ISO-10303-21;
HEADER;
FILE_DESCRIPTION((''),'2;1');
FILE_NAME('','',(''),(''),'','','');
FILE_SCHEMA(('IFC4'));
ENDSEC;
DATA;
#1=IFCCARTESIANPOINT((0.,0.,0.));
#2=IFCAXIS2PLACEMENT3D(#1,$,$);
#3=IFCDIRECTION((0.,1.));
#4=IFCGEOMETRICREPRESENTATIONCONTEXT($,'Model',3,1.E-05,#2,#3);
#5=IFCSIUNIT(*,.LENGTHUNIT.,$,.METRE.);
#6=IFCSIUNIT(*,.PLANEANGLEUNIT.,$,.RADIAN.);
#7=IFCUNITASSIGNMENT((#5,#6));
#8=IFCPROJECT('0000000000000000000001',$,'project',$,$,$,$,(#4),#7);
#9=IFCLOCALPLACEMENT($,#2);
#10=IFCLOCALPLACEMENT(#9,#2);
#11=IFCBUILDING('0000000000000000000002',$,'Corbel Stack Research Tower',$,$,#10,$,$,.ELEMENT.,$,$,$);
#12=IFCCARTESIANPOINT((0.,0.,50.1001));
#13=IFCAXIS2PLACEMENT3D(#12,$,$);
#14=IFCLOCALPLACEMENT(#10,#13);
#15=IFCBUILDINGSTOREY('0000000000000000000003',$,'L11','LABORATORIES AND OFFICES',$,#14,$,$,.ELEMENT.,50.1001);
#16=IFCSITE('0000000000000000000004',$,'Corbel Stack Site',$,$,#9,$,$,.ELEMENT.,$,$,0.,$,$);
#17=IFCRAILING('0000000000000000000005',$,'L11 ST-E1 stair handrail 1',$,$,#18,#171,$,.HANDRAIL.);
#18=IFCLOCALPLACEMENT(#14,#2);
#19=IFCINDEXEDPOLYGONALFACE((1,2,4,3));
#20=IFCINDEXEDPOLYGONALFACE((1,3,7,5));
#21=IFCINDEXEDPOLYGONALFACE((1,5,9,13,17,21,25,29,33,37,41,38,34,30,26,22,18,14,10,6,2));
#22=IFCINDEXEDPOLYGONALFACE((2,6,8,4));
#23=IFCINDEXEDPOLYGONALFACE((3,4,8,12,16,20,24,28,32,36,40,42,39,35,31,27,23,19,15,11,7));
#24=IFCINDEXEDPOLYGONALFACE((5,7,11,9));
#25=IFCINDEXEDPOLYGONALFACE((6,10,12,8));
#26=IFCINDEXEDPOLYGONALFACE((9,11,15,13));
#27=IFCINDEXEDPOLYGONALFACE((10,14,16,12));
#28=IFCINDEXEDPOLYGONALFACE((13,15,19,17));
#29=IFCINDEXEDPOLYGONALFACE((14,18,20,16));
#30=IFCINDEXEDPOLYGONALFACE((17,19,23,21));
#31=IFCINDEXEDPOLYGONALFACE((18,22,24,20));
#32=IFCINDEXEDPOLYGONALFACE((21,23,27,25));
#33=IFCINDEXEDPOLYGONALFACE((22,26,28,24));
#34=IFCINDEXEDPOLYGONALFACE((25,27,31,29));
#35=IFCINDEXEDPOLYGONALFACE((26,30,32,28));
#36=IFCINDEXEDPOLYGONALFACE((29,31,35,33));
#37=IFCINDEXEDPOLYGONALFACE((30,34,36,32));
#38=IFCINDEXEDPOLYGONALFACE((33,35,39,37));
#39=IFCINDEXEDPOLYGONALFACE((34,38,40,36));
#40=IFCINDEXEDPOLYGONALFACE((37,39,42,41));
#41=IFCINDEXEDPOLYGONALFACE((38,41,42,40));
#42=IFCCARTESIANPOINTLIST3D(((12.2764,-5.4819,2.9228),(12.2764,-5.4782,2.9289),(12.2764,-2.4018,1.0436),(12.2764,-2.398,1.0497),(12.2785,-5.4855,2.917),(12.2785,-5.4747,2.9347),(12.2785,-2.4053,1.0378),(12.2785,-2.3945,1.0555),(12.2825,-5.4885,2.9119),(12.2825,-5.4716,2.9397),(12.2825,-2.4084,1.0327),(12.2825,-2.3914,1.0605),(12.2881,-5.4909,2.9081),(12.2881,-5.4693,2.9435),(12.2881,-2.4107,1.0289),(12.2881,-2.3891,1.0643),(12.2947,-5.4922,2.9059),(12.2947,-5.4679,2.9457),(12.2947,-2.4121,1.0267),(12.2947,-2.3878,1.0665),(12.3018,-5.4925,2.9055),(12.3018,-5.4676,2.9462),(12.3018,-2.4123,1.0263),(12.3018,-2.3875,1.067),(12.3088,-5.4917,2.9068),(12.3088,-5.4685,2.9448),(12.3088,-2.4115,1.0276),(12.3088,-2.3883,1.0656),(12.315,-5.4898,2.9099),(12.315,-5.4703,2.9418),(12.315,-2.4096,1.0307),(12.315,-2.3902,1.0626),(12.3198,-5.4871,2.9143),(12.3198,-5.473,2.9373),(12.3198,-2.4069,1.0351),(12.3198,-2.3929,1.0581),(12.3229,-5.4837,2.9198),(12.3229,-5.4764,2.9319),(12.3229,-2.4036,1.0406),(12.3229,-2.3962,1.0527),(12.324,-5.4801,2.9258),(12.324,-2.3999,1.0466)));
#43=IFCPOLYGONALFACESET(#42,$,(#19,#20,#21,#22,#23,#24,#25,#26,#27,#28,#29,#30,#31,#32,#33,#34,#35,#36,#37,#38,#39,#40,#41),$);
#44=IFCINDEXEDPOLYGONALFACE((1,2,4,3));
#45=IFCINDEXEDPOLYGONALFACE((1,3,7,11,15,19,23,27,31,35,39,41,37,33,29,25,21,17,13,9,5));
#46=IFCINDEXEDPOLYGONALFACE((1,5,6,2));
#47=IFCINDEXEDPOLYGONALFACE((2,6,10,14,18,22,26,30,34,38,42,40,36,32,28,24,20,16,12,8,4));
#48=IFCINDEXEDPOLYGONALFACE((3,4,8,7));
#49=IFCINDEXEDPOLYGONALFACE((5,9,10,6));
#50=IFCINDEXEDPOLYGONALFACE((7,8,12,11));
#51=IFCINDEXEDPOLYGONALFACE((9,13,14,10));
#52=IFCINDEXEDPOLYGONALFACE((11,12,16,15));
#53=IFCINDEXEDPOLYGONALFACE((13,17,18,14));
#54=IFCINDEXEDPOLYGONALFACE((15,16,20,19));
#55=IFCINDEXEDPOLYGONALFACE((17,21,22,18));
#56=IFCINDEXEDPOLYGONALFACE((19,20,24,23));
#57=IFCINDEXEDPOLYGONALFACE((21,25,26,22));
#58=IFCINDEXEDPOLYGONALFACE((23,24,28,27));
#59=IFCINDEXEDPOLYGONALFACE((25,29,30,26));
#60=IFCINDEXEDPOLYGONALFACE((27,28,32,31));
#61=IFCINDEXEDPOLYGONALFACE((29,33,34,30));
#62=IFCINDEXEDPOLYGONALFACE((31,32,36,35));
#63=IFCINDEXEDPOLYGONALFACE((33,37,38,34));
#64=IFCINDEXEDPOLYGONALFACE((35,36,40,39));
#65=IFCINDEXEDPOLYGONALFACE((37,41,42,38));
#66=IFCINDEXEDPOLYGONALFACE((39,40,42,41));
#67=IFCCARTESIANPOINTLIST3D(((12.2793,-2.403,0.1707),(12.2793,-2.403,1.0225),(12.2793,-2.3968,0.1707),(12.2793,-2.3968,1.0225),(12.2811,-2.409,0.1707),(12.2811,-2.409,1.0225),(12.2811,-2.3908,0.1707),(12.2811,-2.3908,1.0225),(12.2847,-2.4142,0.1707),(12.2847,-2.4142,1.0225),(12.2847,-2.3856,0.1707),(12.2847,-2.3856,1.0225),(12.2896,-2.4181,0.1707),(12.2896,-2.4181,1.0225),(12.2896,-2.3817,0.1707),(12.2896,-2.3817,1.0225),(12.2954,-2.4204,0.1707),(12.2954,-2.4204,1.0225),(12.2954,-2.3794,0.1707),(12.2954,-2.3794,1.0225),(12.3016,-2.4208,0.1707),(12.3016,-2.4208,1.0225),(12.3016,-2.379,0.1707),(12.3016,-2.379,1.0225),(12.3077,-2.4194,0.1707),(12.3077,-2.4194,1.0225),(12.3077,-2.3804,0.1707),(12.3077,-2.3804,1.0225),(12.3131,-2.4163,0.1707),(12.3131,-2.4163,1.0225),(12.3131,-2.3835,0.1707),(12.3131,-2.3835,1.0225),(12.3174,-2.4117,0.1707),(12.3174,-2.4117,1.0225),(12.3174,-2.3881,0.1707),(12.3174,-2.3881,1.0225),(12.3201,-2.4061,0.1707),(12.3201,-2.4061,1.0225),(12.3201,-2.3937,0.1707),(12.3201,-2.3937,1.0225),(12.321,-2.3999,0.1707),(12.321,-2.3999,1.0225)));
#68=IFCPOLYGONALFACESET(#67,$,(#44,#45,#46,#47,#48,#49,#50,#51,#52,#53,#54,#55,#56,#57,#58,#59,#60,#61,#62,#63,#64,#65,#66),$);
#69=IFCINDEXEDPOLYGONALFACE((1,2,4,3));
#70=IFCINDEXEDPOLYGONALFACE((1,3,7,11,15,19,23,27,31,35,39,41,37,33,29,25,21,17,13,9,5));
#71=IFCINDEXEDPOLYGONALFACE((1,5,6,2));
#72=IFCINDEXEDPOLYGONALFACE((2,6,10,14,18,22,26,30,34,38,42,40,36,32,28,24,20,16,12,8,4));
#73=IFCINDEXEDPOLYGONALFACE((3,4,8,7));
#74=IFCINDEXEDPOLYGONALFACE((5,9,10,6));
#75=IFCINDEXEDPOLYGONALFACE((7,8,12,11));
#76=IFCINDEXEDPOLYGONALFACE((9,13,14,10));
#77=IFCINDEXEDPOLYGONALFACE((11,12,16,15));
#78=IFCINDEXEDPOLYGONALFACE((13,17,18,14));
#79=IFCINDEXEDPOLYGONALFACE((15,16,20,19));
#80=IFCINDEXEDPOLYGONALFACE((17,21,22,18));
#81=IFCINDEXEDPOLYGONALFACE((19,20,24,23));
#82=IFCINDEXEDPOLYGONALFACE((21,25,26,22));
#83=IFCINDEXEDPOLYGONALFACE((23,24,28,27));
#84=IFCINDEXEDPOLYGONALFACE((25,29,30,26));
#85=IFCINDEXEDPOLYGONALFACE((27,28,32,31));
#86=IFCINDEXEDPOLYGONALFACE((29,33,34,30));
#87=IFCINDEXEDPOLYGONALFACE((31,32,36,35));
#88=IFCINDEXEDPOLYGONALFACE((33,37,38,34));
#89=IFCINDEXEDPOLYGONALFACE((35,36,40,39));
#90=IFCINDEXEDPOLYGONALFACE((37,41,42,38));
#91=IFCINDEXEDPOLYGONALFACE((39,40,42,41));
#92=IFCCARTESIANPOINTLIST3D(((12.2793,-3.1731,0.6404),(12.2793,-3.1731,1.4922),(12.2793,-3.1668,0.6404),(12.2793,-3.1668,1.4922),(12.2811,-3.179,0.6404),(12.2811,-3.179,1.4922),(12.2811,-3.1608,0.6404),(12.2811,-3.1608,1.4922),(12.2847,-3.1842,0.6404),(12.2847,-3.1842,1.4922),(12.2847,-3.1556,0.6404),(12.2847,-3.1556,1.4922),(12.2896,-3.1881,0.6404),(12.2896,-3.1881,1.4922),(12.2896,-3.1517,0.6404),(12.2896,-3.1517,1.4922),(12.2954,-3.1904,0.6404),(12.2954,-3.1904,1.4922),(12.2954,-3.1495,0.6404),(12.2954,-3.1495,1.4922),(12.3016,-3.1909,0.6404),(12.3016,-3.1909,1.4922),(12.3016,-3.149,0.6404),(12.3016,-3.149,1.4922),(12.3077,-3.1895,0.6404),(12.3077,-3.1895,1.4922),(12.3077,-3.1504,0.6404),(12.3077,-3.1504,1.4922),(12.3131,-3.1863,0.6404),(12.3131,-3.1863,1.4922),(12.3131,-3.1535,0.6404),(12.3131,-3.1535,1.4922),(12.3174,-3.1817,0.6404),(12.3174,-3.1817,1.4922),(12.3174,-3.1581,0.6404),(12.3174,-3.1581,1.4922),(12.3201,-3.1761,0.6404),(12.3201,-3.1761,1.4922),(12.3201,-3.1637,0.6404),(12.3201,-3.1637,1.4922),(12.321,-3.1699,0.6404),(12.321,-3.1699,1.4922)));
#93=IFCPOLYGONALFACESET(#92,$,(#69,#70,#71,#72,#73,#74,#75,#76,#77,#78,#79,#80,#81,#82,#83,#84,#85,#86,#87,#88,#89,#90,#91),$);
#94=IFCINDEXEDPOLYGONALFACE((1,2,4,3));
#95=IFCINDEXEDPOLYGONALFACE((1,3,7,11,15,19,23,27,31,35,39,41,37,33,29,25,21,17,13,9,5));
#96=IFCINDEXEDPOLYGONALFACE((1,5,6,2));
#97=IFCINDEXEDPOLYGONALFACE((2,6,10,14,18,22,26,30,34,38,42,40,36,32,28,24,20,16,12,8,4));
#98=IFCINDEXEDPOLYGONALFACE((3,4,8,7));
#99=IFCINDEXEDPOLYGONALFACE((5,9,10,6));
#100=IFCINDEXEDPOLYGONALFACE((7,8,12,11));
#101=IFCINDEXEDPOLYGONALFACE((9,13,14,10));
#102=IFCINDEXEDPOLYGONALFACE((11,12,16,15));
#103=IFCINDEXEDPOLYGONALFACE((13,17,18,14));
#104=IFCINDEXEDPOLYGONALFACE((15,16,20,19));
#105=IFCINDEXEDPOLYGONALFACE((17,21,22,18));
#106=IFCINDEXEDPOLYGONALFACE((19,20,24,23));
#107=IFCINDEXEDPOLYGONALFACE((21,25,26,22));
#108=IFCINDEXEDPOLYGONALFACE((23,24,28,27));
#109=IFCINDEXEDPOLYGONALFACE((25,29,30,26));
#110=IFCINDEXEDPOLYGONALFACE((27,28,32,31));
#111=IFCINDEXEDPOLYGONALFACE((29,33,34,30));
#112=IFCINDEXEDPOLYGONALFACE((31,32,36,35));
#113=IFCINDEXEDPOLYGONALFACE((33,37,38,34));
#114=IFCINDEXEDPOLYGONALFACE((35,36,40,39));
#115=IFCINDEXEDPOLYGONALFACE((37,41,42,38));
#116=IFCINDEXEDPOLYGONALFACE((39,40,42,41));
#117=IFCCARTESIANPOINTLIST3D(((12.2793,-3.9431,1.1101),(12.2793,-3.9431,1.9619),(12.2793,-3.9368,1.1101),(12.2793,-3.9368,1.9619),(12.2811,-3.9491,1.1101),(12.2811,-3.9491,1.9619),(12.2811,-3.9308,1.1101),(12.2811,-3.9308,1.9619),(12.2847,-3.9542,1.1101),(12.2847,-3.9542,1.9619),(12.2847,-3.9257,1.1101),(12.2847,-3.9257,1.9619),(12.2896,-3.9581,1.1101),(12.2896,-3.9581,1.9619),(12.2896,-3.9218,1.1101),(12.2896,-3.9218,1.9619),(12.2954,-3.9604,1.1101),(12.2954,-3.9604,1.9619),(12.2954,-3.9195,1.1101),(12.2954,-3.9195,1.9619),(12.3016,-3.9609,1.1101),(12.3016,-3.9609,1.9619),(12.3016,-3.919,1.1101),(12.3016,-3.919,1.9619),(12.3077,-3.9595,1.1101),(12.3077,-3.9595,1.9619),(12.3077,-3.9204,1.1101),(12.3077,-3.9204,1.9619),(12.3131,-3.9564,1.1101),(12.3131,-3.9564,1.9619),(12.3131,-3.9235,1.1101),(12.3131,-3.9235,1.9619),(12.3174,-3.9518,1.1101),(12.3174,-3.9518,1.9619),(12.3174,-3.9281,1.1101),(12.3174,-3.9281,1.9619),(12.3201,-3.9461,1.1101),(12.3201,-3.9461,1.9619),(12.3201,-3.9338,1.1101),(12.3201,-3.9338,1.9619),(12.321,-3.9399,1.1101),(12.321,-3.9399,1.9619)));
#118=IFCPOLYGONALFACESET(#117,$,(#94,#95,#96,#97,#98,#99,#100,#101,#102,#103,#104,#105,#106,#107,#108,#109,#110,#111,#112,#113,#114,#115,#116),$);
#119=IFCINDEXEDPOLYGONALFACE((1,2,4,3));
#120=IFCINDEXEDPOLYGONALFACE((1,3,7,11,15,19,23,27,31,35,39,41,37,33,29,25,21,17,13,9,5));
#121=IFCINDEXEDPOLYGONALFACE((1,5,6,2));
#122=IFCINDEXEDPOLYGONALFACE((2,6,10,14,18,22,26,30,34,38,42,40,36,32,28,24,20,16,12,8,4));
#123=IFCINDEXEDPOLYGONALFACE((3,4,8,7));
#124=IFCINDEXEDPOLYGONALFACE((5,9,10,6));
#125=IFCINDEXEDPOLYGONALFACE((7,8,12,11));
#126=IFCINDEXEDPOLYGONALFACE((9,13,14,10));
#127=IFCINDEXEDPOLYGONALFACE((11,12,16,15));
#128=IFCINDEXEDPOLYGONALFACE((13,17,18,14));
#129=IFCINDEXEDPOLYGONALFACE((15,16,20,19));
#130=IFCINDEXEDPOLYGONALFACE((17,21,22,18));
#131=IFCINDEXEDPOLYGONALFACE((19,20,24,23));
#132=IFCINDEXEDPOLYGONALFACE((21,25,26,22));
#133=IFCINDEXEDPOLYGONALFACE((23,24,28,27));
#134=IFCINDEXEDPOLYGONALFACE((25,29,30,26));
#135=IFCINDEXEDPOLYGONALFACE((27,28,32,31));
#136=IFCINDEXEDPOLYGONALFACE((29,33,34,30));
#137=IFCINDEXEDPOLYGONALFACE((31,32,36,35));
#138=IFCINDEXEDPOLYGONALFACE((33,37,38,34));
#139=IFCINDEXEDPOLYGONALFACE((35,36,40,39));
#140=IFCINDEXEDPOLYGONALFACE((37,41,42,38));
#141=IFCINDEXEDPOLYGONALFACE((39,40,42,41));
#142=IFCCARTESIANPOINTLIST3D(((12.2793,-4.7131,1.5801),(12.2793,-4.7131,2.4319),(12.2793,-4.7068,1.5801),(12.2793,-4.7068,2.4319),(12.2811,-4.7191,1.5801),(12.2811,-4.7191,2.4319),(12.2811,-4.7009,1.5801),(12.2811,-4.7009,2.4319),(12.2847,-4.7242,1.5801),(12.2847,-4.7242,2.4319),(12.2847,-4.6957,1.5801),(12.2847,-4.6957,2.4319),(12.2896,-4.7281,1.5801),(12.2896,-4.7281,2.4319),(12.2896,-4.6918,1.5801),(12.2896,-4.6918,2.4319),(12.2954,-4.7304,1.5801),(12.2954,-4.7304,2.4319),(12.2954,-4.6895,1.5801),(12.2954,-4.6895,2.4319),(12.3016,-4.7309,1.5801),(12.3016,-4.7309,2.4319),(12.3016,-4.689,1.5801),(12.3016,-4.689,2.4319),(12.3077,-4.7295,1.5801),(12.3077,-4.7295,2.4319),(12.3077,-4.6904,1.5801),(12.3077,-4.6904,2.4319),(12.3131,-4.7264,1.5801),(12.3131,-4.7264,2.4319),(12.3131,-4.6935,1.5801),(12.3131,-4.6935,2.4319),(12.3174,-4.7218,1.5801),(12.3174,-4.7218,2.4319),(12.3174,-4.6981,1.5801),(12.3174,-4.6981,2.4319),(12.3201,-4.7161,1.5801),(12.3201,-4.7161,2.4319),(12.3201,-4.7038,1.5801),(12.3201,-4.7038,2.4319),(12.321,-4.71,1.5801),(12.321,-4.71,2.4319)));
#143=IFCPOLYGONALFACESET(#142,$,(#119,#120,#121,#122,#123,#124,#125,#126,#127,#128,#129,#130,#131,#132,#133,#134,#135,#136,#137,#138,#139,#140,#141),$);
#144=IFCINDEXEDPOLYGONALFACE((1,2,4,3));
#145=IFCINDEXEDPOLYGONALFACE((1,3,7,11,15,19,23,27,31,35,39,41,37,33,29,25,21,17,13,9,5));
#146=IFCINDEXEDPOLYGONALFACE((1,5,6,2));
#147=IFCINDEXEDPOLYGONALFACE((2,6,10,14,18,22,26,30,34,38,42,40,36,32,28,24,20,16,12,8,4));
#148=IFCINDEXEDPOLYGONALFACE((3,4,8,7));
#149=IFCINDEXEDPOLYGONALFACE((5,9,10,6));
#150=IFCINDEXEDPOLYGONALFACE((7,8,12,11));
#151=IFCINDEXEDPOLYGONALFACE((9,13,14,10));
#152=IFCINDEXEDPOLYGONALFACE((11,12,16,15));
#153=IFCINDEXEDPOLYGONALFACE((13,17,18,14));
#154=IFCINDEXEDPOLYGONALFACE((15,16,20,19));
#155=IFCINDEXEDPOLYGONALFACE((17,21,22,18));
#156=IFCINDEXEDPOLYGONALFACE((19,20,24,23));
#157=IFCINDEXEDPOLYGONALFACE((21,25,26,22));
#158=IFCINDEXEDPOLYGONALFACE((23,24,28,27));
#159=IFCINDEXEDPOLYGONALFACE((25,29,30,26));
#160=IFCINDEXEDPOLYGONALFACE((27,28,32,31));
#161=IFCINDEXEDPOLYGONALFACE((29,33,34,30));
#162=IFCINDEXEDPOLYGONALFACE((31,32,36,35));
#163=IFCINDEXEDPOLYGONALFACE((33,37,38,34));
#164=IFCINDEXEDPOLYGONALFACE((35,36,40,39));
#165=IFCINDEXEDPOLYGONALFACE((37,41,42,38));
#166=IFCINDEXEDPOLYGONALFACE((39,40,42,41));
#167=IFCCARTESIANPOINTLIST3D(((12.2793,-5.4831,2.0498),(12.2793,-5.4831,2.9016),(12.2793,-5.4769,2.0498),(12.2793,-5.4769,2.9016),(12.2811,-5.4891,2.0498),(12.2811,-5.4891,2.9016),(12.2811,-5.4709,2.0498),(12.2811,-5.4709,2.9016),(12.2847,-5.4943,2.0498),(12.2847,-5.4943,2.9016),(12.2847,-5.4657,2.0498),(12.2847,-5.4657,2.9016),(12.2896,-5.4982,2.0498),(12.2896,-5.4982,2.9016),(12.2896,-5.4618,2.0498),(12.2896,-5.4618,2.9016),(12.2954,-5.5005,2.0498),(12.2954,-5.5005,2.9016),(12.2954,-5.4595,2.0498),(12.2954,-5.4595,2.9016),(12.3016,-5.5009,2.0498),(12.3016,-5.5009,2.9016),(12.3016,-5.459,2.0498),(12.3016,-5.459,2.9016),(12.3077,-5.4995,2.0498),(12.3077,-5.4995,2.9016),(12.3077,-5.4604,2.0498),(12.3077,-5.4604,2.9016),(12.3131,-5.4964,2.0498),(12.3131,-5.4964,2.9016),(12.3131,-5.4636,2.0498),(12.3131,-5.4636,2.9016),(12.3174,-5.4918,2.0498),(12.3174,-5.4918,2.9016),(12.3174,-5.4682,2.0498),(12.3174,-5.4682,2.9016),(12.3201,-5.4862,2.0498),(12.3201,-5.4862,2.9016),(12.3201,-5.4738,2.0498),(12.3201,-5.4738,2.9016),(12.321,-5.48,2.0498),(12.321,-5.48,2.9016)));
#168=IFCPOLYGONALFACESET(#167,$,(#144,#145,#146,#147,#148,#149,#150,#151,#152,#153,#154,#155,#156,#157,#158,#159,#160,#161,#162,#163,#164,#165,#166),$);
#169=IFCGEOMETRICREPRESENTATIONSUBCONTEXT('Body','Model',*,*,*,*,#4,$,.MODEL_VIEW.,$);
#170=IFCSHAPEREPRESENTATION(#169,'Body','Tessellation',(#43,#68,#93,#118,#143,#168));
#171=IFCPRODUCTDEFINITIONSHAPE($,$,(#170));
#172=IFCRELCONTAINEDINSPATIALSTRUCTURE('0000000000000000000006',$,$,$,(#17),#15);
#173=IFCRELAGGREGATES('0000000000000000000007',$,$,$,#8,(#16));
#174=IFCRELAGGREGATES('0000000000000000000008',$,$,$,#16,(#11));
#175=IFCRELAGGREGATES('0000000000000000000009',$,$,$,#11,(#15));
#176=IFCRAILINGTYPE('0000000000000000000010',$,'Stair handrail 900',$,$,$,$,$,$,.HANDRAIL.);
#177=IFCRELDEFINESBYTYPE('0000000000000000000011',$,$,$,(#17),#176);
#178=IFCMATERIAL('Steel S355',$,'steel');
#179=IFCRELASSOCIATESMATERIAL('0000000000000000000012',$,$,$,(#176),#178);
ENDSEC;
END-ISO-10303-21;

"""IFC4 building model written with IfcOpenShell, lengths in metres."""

from ifc_helpers import new_model, si_unit, direction, frame, origin, origin_2d, place, context, subcontext, project, spatial, circle, extrude, material, type_object, element, save


model = new_model("IFC4")

# Units and contexts
model_context = context("Model", 3, precision=1e-05, world=origin(), true_north=direction((0.0, 1.0)))
body_context = subcontext(model_context, "Body", "Model", "MODEL_VIEW")
ifc_project = project(units=[si_unit("LENGTHUNIT", "METRE"), si_unit("PLANEANGLEUNIT", "RADIAN")], contexts=[model_context])

# Site, building, storey
site_placement = place(None, origin())
site = spatial("IfcSite", under=ifc_project, at=site_placement, Name="Corbel Stack Site", CompositionType="ELEMENT", RefElevation=0.0)
building_placement = place(site_placement, origin())
building = spatial("IfcBuilding", under=site, at=building_placement, Name="Corbel Stack Research Tower", CompositionType="ELEMENT")
storey_placement = place(building_placement, frame((0.0, 0.0, 50.1001)))
storey = spatial("IfcBuildingStorey", under=building, at=storey_placement, Name="L11", Description="LABORATORIES AND OFFICES", CompositionType="ELEMENT", Elevation=50.1001)

# Railing
ifc_material_1 = material(Name="Steel S355", Category="steel")
railing_type_1 = type_object("IfcRailingType", Name="Stair handrail 900", PredefinedType="HANDRAIL", material=ifc_material_1)
railing_1_placement = place(storey_placement, frame((12.3, -2.3999, 0.1707)))
element("IfcRailing", 1, at=railing_1_placement, inside=storey, type_object=railing_type_1, Name="L11 ST-E1 stair handrail 1", PredefinedType="HANDRAIL", context=body_context, shape_type="SweptSolid", body=[
    extrude(circle(Radius=0.0239, at=origin_2d()), frame((0.0, 0.0, 0.876), z_axis=(0.0, -0.853666, 0.52082), x_axis=(1.0, 0.0, 0.0)), (0.0, 0.0, 1.0), 3.6082),
    extrude(circle(Radius=0.021, at=origin_2d()), origin(), (0.0, 0.0, 1.0), 0.8518),
    extrude(circle(Radius=0.021, at=origin_2d()), frame((0.0, -0.77, 0.4697)), (0.0, 0.0, 1.0), 0.8518),
    extrude(circle(Radius=0.021, at=origin_2d()), frame((0.0, -1.54, 0.9395)), (0.0, 0.0, 1.0), 0.8518),
    extrude(circle(Radius=0.021, at=origin_2d()), frame((0.0, -2.3101, 1.4094)), (0.0, 0.0, 1.0), 0.8518),
    extrude(circle(Radius=0.021, at=origin_2d()), frame((0.0, -3.0801, 1.8792)), (0.0, 0.0, 1.0), 0.8518),
])

save(model, "model.ifc")
